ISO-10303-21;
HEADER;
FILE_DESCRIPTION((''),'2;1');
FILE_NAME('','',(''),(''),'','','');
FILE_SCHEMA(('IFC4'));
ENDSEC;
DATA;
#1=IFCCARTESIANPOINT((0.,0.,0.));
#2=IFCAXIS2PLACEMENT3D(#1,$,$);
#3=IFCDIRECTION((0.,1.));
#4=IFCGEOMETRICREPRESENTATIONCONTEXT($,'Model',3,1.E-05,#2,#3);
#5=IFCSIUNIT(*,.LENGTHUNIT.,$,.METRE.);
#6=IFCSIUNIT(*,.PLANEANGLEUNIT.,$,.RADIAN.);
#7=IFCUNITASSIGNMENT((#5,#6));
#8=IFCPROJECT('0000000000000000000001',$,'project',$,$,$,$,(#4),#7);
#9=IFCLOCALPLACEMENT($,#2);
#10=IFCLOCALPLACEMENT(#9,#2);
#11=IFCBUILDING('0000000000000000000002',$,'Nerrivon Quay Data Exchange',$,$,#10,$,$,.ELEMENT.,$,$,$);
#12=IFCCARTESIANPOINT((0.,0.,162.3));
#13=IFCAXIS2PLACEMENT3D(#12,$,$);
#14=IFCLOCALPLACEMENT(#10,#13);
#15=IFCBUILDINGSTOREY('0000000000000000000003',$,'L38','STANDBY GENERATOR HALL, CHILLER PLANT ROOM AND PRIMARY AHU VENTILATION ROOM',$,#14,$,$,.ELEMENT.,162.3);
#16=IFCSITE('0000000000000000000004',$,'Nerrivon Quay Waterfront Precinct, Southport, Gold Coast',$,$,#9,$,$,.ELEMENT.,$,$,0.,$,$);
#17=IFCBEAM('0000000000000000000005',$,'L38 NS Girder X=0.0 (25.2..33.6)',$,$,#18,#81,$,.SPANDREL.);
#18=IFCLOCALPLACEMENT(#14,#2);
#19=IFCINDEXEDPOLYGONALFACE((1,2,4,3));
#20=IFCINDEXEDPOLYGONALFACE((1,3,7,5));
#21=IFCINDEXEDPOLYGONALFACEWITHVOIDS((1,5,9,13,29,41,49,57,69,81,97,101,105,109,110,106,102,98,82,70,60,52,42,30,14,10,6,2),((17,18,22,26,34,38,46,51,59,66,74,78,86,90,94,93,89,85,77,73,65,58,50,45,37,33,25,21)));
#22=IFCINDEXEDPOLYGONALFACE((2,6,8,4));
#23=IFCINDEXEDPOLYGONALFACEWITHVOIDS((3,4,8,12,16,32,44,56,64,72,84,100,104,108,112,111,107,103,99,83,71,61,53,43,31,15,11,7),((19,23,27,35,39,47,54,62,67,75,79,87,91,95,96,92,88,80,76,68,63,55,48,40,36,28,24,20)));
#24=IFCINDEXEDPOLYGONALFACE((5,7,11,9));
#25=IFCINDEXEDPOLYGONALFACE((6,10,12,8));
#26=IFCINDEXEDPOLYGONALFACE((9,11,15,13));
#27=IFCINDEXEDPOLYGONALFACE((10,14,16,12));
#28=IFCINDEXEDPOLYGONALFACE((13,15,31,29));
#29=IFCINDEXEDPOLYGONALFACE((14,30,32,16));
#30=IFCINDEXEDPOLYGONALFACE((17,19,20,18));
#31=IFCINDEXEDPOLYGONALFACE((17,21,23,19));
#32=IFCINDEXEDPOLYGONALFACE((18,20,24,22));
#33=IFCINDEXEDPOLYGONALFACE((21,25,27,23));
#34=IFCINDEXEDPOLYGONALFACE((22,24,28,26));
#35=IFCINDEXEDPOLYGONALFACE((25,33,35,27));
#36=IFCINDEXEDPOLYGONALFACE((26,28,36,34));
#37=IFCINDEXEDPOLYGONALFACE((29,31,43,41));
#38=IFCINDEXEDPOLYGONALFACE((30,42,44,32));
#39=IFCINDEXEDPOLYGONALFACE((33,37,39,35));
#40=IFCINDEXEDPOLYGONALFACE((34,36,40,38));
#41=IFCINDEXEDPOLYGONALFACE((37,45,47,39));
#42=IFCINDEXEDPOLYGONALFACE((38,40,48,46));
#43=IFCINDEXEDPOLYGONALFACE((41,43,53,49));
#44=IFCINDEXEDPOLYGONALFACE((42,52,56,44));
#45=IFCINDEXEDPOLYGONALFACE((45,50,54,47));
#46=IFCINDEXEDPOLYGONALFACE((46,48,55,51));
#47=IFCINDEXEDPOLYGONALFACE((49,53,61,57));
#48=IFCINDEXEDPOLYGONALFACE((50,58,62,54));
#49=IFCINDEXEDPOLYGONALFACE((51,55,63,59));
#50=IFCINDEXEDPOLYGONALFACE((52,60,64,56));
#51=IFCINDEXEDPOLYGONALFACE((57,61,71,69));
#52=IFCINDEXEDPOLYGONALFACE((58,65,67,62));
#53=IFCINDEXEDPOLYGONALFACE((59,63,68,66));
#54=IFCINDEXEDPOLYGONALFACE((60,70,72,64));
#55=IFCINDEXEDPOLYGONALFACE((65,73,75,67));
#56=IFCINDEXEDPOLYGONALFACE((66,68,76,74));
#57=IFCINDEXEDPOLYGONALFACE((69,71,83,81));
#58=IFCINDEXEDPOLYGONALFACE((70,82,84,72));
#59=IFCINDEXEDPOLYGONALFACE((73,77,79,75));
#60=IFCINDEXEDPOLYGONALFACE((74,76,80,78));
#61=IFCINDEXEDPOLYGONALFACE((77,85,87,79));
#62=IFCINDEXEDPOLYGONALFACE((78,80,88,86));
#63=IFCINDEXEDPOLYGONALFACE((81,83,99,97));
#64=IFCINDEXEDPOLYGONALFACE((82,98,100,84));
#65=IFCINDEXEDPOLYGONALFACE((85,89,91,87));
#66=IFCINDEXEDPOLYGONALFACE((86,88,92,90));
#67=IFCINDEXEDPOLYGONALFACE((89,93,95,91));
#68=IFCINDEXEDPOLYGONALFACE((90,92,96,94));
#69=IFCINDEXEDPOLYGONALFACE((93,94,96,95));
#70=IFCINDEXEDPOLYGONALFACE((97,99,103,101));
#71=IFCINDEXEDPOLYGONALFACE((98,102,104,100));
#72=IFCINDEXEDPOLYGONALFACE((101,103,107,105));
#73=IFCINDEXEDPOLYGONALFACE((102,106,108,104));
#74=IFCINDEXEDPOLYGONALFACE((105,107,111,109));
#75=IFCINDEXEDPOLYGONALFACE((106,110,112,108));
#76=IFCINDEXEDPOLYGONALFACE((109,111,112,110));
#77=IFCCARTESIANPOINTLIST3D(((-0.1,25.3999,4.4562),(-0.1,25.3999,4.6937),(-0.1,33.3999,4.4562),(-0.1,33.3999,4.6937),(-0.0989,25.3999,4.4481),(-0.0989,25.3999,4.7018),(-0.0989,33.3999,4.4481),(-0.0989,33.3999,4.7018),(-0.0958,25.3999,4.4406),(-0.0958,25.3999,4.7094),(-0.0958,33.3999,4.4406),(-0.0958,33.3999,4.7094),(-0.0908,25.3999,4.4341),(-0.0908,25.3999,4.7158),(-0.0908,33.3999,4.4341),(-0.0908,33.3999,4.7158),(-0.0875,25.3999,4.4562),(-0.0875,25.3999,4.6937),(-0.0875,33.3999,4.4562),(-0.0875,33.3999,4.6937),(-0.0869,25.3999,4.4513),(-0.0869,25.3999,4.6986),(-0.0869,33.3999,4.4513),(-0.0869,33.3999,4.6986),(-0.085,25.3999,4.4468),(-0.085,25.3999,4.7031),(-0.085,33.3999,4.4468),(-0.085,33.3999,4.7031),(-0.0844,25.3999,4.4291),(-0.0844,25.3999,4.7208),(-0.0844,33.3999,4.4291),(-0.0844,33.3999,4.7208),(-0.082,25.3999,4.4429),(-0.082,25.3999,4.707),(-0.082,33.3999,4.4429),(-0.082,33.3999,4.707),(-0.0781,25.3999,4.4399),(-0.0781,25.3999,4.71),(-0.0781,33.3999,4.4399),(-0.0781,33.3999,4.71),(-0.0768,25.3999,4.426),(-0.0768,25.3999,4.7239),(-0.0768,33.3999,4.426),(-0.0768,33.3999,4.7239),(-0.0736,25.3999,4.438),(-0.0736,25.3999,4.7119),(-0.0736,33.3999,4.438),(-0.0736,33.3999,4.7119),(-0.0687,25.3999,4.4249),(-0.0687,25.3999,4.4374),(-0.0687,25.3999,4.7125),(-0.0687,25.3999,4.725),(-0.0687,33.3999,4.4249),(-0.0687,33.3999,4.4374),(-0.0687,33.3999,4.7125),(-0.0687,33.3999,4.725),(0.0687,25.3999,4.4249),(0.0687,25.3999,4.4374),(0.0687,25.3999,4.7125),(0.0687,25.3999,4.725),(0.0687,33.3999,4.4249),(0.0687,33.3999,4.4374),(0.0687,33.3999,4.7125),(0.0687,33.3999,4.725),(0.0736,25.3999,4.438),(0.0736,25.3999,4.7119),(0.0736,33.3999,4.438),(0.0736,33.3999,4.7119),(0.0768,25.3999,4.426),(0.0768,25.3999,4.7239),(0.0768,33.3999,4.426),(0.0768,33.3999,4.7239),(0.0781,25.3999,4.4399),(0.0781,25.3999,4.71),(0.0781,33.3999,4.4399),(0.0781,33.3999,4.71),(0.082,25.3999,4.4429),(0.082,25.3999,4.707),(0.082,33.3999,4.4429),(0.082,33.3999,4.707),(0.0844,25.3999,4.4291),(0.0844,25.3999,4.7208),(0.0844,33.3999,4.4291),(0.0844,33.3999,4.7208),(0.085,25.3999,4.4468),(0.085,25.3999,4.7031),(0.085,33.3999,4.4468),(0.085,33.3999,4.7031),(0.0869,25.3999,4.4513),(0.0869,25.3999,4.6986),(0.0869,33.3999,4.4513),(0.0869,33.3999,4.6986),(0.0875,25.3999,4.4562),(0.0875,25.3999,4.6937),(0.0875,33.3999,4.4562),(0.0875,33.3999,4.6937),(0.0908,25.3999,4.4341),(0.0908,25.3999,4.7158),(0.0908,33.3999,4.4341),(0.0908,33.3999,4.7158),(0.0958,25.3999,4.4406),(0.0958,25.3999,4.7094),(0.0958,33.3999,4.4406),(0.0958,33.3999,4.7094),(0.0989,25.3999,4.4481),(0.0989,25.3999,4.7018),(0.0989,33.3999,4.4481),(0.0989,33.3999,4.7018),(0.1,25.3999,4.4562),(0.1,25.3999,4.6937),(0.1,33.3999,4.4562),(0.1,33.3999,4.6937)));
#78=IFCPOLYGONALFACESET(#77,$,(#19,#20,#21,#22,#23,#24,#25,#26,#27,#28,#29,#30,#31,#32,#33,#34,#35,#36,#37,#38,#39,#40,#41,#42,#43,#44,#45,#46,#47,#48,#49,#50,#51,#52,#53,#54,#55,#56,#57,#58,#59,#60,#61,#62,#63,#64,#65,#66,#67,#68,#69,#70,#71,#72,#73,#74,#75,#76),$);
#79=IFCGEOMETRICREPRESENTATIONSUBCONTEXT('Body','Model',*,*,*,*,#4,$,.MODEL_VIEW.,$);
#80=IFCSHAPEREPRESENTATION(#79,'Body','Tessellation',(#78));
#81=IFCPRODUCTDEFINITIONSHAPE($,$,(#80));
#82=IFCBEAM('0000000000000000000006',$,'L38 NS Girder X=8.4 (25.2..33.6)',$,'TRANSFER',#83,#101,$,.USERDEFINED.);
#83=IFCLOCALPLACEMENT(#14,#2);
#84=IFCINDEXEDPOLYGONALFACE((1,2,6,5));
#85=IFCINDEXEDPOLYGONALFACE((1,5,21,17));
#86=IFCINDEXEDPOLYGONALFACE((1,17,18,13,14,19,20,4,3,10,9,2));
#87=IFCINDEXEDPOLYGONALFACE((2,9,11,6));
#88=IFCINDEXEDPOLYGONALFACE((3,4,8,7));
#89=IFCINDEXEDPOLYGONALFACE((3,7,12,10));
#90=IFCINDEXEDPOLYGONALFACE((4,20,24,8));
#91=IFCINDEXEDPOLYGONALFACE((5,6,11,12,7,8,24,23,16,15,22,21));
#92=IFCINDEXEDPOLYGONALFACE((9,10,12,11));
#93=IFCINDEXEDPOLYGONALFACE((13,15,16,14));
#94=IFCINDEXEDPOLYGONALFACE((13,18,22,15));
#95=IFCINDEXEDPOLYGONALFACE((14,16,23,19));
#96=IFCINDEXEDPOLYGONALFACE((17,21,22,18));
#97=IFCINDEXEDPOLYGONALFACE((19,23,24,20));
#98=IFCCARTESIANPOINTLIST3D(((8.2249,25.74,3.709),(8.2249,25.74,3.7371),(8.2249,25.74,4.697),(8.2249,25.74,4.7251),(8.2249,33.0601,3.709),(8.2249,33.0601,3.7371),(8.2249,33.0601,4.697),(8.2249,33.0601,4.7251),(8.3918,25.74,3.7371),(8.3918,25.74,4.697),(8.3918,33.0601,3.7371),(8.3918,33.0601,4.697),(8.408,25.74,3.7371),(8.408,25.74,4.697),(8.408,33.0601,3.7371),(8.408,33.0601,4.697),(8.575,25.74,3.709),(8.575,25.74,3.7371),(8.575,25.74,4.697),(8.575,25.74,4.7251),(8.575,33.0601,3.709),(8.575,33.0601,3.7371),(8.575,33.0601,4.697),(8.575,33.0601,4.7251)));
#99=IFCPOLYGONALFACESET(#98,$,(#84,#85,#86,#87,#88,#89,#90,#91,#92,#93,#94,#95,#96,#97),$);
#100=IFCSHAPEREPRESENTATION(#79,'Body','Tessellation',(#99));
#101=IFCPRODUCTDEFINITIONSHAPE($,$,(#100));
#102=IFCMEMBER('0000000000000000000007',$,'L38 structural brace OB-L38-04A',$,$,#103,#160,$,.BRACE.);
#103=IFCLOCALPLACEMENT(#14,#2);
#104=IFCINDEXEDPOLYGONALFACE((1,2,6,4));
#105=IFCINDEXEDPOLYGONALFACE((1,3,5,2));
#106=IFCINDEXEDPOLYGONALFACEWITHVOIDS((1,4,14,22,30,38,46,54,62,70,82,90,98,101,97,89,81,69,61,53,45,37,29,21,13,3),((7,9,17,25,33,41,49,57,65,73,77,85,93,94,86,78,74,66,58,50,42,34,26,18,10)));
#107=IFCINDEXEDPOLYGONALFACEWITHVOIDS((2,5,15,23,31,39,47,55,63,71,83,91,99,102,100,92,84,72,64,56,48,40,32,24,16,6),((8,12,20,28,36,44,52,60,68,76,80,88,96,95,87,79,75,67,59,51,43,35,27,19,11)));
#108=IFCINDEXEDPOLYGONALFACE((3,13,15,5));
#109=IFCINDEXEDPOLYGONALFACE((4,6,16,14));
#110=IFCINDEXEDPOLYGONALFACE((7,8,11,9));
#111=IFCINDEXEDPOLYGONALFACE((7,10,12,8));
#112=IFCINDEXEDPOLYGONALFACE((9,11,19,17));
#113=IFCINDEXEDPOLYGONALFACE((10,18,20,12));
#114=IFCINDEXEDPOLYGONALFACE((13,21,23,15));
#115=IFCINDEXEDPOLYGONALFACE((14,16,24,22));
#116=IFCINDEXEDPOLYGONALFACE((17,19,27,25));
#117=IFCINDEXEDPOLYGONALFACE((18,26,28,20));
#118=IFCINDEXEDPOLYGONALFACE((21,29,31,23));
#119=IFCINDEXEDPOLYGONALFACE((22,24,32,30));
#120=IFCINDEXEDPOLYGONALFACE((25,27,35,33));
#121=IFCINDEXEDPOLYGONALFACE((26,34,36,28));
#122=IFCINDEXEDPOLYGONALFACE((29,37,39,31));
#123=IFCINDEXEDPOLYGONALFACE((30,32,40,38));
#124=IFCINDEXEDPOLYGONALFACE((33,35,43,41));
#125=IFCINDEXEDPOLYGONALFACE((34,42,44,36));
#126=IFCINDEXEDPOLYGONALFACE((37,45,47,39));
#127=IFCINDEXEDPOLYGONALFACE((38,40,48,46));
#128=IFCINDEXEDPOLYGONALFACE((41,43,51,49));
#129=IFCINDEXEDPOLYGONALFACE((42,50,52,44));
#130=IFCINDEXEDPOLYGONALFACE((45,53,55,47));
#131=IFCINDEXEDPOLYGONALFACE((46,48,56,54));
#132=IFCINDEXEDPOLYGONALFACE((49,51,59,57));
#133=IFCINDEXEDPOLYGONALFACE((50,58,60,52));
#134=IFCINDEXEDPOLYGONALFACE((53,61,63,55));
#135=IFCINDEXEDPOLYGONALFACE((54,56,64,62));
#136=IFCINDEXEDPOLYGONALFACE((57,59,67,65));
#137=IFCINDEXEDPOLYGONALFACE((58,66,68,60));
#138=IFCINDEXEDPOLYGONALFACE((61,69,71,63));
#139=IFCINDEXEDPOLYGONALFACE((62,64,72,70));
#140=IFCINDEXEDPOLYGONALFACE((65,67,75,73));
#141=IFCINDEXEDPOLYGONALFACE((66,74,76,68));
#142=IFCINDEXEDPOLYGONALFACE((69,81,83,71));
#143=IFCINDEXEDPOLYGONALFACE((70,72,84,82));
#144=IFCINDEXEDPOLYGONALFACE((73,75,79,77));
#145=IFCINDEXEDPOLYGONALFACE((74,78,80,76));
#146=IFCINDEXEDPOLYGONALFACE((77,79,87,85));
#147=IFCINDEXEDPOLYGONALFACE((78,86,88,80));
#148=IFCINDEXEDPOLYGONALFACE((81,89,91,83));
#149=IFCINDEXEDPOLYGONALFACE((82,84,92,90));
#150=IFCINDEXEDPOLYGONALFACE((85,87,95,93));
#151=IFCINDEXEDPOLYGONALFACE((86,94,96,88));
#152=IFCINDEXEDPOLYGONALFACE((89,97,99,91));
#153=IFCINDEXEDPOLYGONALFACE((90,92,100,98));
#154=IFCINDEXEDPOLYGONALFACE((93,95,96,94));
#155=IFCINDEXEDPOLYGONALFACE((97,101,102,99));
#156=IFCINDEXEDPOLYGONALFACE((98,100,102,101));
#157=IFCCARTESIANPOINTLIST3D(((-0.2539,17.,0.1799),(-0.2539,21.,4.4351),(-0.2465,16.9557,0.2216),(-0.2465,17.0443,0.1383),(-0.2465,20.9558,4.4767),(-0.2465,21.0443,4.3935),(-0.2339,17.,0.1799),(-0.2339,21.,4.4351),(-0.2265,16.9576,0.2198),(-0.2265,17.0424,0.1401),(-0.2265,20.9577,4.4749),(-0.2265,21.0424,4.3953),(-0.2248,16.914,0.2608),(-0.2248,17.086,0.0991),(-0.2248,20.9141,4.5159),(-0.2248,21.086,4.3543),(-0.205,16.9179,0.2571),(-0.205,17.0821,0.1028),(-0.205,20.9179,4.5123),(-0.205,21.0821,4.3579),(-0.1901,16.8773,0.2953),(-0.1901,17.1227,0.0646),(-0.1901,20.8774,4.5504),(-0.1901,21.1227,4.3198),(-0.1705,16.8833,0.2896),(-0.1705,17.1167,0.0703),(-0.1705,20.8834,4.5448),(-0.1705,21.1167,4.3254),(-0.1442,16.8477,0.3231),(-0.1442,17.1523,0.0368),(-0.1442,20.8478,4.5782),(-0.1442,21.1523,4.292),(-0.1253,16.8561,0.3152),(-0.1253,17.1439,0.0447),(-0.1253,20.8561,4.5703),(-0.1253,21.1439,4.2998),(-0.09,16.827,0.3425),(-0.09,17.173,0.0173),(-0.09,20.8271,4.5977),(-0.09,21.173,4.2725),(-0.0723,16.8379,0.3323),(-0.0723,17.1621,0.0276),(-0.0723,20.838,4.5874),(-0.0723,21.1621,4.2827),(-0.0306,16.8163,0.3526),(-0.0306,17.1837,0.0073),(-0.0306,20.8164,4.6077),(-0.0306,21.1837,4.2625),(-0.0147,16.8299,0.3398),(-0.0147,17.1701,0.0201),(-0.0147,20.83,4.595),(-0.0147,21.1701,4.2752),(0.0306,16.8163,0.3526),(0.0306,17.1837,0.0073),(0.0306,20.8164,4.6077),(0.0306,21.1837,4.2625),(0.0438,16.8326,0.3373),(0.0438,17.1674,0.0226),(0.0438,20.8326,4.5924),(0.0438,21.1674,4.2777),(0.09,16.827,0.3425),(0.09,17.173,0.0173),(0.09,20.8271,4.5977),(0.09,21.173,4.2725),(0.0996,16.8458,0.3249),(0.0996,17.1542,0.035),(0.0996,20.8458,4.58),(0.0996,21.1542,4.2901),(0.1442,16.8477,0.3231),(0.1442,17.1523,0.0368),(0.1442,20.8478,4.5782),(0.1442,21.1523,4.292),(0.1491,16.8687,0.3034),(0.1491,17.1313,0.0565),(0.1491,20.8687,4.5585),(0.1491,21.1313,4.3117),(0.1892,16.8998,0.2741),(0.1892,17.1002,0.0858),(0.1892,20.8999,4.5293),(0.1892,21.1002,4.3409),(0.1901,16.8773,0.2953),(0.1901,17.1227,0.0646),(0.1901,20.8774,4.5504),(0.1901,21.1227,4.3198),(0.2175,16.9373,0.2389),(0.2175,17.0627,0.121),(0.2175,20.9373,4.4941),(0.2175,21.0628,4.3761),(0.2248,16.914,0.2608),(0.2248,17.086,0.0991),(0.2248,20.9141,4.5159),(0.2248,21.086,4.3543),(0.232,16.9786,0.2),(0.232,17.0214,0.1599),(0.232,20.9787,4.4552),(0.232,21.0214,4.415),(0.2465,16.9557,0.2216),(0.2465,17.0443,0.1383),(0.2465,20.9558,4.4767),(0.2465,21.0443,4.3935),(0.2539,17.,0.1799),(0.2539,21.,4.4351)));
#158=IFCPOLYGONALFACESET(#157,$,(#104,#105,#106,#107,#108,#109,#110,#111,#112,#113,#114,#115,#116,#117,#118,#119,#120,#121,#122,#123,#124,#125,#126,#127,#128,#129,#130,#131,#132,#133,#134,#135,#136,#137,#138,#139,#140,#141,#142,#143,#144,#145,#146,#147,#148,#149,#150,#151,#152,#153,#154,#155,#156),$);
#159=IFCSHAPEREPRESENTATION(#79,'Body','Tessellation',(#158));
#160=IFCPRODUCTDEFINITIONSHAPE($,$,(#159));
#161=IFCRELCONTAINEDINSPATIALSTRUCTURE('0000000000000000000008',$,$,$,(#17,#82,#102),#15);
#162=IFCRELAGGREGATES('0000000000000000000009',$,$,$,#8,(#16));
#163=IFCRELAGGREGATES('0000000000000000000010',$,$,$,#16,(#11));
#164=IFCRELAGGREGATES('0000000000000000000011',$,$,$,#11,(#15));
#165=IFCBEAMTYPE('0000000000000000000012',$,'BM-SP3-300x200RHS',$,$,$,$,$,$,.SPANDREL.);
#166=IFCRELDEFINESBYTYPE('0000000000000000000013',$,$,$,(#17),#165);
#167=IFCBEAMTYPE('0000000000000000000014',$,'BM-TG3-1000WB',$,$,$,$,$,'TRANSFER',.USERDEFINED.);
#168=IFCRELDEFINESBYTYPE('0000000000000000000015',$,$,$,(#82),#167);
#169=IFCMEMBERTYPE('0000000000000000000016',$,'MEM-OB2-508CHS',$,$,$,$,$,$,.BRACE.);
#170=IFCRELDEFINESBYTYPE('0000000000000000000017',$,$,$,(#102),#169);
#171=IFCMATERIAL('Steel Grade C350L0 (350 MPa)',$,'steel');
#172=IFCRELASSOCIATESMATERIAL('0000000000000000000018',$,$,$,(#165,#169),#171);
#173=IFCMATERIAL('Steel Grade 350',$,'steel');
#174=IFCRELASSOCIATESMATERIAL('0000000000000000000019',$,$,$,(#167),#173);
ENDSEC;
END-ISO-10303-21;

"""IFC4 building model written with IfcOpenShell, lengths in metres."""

from ifc_helpers import new_model, si_unit, direction, frame, origin, origin_2d, place, context, subcontext, project, spatial, hollow_rectangle, hollow_circle, i_section, extrude, material, material_profile, profile_set, type_object, element, save


model = new_model("IFC4")

# Units and contexts
model_context = context("Model", 3, precision=1e-05, world=origin(), true_north=direction((0.0, 1.0)))
body_context = subcontext(model_context, "Body", "Model", "MODEL_VIEW")
ifc_project = project(units=[si_unit("LENGTHUNIT", "METRE"), si_unit("PLANEANGLEUNIT", "RADIAN")], contexts=[model_context])

# Site, building, storey
site_placement = place(None, origin())
site = spatial("IfcSite", under=ifc_project, at=site_placement, Name="Nerrivon Quay Waterfront Precinct, Southport, Gold Coast", CompositionType="ELEMENT", RefElevation=0.0)
building_placement = place(site_placement, origin())
building = spatial("IfcBuilding", under=site, at=building_placement, Name="Nerrivon Quay Data Exchange", CompositionType="ELEMENT")
storey_placement = place(building_placement, frame((0.0, 0.0, 162.3)))
storey = spatial("IfcBuildingStorey", under=building, at=storey_placement, Name="L38", Description="STANDBY GENERATOR HALL, CHILLER PLANT ROOM AND PRIMARY AHU VENTILATION ROOM", CompositionType="ELEMENT", Elevation=162.3)

# Shared definitions
ifc_material_1 = material(Name="Steel Grade 350", Category="steel")

# Beams
ifc_material_2 = material(Name="Steel Grade C350L0 (350 MPa)", Category="steel")
ifc_material_profile_1 = material_profile(ifc_material_2, hollow_rectangle(XDim=0.2, YDim=0.3, WallThickness=0.0125, InnerFilletRadius=0.0188, OuterFilletRadius=0.0312, at=origin_2d()), Name="300x200x12.5RHS")
ifc_profile_set_1 = profile_set([ifc_material_profile_1], Name="Steel Grade C350L0 (350 MPa)")
beam_type_1 = type_object("IfcBeamType", Name="BM-SP3-300x200RHS", PredefinedType="SPANDREL", material=ifc_profile_set_1)
beam_1_placement = place(storey_placement, frame((0.0, 25.3999, 4.575), z_axis=(0.0, 1.0, 0.0), x_axis=(-1.0, 0.0, 0.0)))
element("IfcBeam", 1, at=beam_1_placement, inside=storey, type_object=beam_type_1, Name="L38 NS Girder X=0.0 (25.2..33.6)", PredefinedType="SPANDREL", context=body_context, shape_type="SweptSolid", body=[
    extrude(hollow_rectangle(XDim=0.2, YDim=0.3, WallThickness=0.0125, InnerFilletRadius=0.0188, OuterFilletRadius=0.0312, at=origin_2d()), origin(), (0.0, 0.0, 1.0), 8.0),
])
ifc_material_profile_2 = material_profile(ifc_material_1, i_section(OverallWidth=0.3501, OverallDepth=1.0161, WebThickness=0.0161, FlangeThickness=0.0281, at=origin_2d()), Name="1000WB258")
ifc_profile_set_2 = profile_set([ifc_material_profile_2], Name="Steel Grade 350")
beam_type_2 = type_object("IfcBeamType", Name="BM-TG3-1000WB", ElementType="TRANSFER", PredefinedType="USERDEFINED", material=ifc_profile_set_2)
beam_2_placement = place(storey_placement, frame((8.3999, 25.74, 4.217), z_axis=(0.0, 1.0, 0.0), x_axis=(-1.0, 0.0, 0.0)))
element("IfcBeam", 2, at=beam_2_placement, inside=storey, type_object=beam_type_2, Name="L38 NS Girder X=8.4 (25.2..33.6)", ObjectType="TRANSFER", PredefinedType="USERDEFINED", context=body_context, shape_type="SweptSolid", body=[
    extrude(i_section(OverallWidth=0.3501, OverallDepth=1.0161, WebThickness=0.0161, FlangeThickness=0.0281, at=origin_2d()), origin(), (0.0, 0.0, 1.0), 7.3201),
])

# Member
ifc_material_profile_3 = material_profile(ifc_material_2, hollow_circle(Radius=0.2539, WallThickness=0.02, at=origin_2d()), Name="508.0x20.0CHS")
ifc_profile_set_3 = profile_set([ifc_material_profile_3], Name="Steel Grade C350L0 (350 MPa)")
member_type = type_object("IfcMemberType", Name="MEM-OB2-508CHS", PredefinedType="BRACE", material=ifc_profile_set_3)
for number, where, z_axis, x_axis, name in (
    (3, (0.0, 17.0, 0.1799), (0.0, 0.684926, 0.728612), (-1.0, 0.0, 0.0), "L38 structural brace OB-L38-04A"),
):
    element("IfcMember", number, at=place(storey_placement, frame(where, z_axis=z_axis, x_axis=x_axis)), inside=storey, type_object=member_type, Name=name, PredefinedType="BRACE", context=body_context, shape_type="SweptSolid", body=[
        extrude(hollow_circle(Radius=0.2539, WallThickness=0.02, at=origin_2d()), origin(), (0.0, 0.0, 1.0), 5.8401),
    ])

save(model, "model.ifc")
